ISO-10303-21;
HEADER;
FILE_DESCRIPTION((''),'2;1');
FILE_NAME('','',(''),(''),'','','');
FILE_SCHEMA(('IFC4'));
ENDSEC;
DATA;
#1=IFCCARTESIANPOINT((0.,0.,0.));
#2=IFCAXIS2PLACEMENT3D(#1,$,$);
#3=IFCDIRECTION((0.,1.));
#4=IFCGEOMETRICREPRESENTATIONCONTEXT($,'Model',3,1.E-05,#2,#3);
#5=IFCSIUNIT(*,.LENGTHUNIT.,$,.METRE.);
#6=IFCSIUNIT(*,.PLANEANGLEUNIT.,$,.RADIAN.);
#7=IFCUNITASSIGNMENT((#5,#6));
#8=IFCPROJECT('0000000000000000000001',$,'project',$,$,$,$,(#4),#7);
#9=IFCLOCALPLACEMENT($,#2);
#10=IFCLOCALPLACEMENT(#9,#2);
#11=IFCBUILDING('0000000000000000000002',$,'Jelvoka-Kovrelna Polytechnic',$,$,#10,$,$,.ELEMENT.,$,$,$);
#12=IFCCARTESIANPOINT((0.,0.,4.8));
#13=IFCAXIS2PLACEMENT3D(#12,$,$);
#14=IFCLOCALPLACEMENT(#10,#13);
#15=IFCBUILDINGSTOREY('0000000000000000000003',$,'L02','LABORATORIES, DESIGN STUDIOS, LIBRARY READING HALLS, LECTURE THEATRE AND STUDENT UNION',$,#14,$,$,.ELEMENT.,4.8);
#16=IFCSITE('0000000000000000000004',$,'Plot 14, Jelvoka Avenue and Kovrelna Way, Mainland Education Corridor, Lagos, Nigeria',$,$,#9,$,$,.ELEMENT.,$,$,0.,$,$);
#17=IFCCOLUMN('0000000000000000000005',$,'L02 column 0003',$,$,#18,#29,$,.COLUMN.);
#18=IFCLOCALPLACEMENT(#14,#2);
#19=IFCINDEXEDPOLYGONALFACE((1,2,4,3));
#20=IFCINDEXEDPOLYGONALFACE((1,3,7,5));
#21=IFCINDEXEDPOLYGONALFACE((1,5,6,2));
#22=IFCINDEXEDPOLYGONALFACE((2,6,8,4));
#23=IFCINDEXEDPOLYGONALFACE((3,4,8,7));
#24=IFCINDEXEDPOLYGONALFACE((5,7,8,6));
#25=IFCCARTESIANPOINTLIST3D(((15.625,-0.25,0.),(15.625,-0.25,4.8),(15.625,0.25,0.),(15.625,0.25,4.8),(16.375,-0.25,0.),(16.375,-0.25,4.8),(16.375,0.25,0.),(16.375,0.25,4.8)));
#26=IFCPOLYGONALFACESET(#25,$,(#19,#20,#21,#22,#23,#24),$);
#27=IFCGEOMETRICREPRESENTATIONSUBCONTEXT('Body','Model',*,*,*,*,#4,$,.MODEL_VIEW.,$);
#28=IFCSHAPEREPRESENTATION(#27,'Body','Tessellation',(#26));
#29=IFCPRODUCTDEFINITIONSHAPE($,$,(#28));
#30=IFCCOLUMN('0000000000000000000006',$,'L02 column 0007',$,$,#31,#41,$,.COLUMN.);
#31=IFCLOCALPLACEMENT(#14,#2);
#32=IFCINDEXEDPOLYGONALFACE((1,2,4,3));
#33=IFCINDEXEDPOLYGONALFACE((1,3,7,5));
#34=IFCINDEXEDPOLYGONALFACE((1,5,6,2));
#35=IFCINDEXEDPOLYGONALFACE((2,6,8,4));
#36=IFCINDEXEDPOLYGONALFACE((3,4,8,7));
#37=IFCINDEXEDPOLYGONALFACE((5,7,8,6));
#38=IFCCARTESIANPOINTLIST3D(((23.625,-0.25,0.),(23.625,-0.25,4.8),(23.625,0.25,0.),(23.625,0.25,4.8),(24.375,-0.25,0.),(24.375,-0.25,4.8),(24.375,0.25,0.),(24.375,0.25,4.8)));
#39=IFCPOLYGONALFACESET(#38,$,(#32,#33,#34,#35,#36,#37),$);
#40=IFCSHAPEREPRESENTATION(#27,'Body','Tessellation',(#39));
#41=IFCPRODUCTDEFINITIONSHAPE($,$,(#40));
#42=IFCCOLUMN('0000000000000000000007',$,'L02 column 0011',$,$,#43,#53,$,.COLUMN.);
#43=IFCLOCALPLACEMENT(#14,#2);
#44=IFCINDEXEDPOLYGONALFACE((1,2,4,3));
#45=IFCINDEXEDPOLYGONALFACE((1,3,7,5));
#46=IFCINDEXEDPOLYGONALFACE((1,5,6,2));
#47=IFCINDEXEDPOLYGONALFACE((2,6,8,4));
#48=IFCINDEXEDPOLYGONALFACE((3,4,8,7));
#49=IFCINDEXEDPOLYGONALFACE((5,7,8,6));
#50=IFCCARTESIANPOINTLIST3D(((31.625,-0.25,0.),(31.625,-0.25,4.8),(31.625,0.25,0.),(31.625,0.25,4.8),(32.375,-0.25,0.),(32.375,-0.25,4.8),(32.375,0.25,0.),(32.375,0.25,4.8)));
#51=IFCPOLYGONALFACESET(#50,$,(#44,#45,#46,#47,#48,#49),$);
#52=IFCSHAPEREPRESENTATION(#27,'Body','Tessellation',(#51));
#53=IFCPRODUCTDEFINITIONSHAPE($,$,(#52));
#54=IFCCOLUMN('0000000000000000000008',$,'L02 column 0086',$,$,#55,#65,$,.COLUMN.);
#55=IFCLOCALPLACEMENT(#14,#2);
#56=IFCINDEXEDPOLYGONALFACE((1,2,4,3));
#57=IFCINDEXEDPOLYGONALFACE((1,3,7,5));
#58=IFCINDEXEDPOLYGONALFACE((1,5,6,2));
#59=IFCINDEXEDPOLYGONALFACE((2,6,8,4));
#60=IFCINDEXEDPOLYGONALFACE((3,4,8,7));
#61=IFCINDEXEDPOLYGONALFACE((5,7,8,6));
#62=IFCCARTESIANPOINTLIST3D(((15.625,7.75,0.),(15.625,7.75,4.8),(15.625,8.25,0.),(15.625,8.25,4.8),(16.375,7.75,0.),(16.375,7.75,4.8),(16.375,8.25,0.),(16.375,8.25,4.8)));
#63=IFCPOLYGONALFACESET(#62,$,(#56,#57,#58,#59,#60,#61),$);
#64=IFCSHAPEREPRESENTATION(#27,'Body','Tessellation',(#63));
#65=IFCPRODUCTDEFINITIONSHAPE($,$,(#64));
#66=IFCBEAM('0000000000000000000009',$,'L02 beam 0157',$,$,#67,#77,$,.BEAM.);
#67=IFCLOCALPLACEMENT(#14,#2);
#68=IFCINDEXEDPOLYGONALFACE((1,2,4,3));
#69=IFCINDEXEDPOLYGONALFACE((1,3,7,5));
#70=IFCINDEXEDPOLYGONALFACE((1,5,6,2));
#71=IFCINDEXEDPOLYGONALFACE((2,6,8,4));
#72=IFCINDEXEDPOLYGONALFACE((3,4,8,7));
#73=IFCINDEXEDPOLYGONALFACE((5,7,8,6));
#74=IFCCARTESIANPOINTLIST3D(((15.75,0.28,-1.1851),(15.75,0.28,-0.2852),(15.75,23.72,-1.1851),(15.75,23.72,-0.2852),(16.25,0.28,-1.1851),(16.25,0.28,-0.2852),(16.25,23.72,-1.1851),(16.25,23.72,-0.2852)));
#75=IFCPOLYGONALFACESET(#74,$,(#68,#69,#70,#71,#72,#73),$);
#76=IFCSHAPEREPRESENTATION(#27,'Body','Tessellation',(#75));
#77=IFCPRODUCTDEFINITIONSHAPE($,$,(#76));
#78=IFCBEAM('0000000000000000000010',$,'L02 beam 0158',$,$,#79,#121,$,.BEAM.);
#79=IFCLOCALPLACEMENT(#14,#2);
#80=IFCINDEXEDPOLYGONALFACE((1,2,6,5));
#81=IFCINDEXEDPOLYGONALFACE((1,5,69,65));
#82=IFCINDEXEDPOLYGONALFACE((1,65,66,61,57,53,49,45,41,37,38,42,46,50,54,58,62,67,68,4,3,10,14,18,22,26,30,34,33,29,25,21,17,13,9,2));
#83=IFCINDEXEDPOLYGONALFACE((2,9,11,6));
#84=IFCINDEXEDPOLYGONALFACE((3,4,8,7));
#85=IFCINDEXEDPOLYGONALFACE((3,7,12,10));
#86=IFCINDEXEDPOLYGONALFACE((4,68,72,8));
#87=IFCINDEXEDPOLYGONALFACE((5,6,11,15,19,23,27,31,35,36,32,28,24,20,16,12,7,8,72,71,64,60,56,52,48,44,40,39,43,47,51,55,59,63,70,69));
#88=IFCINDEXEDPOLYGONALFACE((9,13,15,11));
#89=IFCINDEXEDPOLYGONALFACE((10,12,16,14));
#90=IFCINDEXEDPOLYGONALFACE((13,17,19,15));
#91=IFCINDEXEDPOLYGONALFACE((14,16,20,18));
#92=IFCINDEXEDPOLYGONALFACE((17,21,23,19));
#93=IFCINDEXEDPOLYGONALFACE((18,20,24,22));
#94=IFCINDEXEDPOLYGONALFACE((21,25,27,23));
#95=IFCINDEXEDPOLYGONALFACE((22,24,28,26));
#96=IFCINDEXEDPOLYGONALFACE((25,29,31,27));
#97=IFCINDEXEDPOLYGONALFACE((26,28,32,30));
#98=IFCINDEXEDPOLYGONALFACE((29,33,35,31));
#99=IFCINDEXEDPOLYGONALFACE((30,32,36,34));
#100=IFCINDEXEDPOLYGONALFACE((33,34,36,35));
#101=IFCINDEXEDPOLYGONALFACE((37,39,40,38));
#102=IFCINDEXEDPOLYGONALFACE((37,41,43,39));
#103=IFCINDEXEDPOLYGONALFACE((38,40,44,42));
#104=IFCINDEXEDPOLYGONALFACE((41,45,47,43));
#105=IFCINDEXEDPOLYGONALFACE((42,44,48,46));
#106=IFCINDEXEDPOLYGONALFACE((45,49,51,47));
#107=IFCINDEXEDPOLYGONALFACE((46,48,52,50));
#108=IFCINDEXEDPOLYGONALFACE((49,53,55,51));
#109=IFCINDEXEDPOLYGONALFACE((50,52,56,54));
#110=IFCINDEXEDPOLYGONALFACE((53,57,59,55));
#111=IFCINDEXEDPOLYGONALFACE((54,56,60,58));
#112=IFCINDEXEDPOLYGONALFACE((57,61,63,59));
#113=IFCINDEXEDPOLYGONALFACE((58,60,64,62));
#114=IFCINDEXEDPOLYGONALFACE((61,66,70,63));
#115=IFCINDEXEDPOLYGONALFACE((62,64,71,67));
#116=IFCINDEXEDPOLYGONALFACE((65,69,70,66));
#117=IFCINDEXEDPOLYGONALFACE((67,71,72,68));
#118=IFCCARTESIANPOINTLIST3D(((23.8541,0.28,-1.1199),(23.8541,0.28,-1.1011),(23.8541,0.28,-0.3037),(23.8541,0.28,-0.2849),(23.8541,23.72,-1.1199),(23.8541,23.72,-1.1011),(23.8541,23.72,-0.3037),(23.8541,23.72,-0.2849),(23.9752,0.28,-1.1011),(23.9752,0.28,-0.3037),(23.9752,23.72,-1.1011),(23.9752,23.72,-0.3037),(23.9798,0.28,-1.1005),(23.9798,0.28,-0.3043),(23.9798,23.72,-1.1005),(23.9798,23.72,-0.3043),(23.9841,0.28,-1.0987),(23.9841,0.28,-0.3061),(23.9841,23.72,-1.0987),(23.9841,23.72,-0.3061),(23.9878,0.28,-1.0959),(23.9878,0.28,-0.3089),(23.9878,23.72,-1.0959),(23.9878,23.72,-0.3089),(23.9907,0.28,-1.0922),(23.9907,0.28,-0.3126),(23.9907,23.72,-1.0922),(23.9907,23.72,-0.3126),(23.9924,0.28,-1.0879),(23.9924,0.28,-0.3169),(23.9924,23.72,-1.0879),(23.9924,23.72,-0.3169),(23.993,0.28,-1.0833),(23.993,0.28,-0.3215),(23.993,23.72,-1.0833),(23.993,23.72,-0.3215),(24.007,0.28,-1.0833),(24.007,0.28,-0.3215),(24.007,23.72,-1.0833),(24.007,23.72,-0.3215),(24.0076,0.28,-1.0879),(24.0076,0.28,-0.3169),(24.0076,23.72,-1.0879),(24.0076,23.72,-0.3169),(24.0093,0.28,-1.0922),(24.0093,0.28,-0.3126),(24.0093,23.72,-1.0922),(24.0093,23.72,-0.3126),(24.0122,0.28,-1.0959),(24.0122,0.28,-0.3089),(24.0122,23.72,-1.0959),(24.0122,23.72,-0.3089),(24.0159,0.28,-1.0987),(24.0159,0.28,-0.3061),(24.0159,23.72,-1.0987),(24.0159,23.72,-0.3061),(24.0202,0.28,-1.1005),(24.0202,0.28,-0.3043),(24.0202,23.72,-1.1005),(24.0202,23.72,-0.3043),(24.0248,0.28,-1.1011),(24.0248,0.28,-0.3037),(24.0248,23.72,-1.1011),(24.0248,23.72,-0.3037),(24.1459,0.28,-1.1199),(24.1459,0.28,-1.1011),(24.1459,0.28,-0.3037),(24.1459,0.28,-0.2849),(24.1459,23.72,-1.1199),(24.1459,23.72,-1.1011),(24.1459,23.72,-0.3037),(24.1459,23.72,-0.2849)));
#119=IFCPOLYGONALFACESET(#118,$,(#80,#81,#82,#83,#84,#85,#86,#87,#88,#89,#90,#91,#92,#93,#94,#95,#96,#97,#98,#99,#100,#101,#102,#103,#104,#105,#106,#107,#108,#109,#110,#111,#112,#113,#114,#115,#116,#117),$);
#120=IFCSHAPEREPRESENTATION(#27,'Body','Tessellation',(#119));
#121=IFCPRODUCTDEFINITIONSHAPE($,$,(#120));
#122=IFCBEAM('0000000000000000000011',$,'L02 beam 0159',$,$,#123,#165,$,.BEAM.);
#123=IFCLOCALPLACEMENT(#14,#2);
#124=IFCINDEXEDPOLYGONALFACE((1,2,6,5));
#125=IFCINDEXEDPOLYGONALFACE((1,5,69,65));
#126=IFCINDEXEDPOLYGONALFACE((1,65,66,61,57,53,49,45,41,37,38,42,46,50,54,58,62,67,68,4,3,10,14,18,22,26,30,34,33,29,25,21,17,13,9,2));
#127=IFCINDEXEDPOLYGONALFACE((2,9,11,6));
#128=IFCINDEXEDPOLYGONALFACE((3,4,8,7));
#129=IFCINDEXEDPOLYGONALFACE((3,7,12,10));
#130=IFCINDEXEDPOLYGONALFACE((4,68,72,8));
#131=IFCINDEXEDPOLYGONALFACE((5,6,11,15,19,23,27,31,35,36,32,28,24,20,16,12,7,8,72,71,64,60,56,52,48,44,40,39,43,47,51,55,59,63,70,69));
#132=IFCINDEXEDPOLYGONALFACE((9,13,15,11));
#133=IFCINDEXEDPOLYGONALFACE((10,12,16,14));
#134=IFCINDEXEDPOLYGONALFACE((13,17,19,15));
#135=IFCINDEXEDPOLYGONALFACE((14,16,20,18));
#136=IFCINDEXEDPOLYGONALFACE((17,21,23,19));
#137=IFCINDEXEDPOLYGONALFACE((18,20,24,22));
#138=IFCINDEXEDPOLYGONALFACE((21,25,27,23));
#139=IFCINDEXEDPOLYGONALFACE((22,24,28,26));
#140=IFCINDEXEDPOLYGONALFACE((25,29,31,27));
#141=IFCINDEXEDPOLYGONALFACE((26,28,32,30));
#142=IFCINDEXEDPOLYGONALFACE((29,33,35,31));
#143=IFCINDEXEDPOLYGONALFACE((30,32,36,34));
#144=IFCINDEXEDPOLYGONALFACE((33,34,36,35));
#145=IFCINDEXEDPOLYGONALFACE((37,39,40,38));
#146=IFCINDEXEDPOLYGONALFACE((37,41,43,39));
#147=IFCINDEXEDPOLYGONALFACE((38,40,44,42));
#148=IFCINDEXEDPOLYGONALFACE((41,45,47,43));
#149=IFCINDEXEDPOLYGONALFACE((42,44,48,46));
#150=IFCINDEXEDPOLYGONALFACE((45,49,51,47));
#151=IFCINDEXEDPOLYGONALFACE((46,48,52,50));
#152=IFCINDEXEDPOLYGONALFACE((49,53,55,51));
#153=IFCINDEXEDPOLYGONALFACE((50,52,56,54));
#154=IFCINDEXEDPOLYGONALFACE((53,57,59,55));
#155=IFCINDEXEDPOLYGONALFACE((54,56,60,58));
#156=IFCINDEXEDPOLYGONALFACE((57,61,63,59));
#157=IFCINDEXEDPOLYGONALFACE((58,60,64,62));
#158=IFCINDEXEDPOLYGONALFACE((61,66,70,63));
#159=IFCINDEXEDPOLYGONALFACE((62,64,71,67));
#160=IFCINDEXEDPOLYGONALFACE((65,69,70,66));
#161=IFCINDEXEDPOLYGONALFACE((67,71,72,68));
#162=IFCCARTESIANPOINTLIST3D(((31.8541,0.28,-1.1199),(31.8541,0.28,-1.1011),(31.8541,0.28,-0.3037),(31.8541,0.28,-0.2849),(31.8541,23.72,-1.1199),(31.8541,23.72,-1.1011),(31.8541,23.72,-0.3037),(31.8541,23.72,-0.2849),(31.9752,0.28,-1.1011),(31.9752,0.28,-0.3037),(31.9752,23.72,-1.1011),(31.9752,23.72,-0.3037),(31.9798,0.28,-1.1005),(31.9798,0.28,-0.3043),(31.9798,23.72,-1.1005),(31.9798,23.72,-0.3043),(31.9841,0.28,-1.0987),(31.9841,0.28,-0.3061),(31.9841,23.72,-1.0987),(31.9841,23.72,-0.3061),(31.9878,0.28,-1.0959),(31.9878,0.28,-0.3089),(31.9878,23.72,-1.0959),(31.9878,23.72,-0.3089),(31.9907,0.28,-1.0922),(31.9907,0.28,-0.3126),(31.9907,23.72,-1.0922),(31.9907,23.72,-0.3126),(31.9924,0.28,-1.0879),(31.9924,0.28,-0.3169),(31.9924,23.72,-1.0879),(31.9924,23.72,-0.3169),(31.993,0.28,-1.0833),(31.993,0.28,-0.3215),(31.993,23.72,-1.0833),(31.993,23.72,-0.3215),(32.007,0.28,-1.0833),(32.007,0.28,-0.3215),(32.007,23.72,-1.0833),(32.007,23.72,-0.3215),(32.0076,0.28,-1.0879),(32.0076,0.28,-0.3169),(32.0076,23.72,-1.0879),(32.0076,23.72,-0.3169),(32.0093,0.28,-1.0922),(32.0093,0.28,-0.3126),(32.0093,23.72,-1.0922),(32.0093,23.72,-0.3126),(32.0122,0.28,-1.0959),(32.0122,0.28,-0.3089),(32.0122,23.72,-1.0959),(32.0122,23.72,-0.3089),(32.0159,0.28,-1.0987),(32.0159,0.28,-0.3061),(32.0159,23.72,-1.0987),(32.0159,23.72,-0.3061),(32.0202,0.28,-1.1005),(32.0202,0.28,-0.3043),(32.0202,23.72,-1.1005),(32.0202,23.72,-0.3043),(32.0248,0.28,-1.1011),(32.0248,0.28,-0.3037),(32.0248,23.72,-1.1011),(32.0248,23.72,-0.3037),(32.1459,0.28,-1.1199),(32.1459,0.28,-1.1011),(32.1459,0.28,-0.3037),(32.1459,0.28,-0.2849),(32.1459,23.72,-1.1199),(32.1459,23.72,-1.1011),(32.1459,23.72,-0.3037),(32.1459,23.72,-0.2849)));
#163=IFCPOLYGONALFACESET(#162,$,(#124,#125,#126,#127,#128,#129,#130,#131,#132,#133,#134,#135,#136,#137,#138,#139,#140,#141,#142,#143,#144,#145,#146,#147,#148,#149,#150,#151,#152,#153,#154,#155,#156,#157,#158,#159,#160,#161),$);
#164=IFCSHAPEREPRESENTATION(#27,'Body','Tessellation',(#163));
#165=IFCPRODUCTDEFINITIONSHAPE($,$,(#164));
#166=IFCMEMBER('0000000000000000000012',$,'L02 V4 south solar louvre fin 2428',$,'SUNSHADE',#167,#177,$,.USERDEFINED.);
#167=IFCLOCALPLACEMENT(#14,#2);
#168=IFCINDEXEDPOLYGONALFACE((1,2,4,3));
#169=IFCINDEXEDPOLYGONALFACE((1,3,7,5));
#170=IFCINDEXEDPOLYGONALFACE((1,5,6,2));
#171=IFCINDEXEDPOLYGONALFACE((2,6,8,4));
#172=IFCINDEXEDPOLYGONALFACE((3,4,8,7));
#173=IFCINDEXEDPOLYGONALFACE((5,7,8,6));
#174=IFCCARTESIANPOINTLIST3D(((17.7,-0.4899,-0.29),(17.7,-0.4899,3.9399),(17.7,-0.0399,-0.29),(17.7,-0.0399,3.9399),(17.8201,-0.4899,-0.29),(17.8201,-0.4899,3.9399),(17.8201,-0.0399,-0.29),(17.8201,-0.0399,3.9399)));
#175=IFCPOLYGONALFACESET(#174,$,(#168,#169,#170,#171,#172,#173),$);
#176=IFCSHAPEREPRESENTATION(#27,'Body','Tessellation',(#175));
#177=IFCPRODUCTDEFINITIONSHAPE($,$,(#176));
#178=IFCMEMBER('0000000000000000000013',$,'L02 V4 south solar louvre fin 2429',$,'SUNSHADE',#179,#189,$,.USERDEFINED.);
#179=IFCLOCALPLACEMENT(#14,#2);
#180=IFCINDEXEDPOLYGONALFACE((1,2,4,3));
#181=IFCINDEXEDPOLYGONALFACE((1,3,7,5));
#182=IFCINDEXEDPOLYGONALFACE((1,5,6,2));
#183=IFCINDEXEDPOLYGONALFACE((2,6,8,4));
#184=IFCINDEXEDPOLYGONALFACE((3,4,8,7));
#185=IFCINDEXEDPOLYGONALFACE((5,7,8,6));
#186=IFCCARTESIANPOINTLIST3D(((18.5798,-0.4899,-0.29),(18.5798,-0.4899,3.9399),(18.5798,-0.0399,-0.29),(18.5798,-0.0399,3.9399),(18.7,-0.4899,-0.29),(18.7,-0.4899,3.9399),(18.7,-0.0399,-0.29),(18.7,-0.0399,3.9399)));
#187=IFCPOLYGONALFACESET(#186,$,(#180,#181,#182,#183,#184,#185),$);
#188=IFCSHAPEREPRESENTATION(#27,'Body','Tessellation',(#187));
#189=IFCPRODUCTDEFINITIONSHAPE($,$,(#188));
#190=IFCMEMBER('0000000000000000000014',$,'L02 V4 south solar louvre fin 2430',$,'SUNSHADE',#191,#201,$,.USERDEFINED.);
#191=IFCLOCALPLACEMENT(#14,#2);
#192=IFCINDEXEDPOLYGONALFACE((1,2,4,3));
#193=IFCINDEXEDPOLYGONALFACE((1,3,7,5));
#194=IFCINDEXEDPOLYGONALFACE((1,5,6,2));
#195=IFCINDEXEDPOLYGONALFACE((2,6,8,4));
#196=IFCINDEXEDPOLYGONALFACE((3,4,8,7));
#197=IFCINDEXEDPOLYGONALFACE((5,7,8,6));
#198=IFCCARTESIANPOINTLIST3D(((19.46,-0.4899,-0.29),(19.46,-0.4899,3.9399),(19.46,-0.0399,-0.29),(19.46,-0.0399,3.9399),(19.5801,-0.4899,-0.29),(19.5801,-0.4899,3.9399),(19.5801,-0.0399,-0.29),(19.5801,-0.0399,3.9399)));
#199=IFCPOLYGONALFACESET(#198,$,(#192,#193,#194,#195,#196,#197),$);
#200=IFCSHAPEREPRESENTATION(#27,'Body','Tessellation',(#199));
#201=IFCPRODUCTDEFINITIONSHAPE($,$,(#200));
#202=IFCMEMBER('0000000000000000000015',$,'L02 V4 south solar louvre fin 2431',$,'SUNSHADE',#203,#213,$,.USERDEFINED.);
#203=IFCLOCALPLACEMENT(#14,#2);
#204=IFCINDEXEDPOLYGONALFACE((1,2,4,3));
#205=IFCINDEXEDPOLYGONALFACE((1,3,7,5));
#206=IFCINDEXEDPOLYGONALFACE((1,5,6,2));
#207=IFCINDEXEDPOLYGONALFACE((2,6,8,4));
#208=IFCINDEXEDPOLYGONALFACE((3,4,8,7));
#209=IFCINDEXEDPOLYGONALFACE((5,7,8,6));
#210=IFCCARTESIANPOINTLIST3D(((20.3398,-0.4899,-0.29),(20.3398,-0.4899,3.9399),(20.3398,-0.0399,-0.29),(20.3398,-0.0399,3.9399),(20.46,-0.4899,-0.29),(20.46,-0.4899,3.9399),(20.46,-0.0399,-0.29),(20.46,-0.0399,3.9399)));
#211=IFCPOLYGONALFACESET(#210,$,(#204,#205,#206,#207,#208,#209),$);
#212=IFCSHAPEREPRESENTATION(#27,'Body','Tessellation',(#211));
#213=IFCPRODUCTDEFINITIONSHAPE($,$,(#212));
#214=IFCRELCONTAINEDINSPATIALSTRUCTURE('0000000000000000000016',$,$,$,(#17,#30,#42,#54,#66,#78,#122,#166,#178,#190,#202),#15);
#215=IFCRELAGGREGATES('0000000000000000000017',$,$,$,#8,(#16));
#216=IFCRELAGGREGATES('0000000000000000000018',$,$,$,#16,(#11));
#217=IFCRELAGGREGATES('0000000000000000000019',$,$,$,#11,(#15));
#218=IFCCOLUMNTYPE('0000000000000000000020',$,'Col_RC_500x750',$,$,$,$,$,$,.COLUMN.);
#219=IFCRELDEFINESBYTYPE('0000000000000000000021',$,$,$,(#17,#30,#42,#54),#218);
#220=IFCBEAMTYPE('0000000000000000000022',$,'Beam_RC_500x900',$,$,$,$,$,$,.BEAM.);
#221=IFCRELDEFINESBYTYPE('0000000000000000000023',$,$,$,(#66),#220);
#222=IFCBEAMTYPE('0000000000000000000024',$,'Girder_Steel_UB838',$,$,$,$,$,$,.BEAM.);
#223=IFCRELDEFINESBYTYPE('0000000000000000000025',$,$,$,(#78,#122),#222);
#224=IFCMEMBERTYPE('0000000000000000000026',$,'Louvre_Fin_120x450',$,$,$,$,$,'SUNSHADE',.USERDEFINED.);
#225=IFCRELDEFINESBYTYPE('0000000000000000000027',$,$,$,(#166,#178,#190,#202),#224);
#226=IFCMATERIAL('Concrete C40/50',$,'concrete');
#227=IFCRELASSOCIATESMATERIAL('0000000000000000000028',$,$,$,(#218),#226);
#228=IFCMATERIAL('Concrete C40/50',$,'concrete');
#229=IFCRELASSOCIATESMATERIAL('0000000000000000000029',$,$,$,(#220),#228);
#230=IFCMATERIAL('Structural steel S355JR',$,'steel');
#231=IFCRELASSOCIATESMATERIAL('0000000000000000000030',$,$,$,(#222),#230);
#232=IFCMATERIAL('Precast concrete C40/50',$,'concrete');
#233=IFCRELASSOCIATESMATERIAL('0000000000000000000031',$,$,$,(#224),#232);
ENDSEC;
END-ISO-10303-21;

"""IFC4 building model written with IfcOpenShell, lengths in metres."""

from ifc_helpers import new_model, si_unit, direction, frame, origin, origin_2d, place, context, subcontext, project, spatial, rectangle, i_section, extrude, material, material_profile, profile_set, type_object, element, save


model = new_model("IFC4")

# Units and contexts
model_context = context("Model", 3, precision=1e-05, world=origin(), true_north=direction((0.0, 1.0)))
body_context = subcontext(model_context, "Body", "Model", "MODEL_VIEW")
ifc_project = project(units=[si_unit("LENGTHUNIT", "METRE"), si_unit("PLANEANGLEUNIT", "RADIAN")], contexts=[model_context])

# Site, building, storey
site_placement = place(None, origin())
site = spatial("IfcSite", under=ifc_project, at=site_placement, Name="Plot 14, Jelvoka Avenue and Kovrelna Way, Mainland Education Corridor, Lagos, Nigeria", CompositionType="ELEMENT", RefElevation=0.0)
building_placement = place(site_placement, origin())
building = spatial("IfcBuilding", under=site, at=building_placement, Name="Jelvoka-Kovrelna Polytechnic", CompositionType="ELEMENT")
storey_placement = place(building_placement, frame((0.0, 0.0, 4.8)))
storey = spatial("IfcBuildingStorey", under=building, at=storey_placement, Name="L02", Description="LABORATORIES, DESIGN STUDIOS, LIBRARY READING HALLS, LECTURE THEATRE AND STUDENT UNION", CompositionType="ELEMENT", Elevation=4.8)

# Columns
ifc_material_1 = material(Name="Concrete C40/50", Category="concrete")
ifc_material_profile_1 = material_profile(ifc_material_1, rectangle(XDim=0.5, YDim=0.75, at=origin_2d()), Name="RC 500x750")
ifc_profile_set_1 = profile_set([ifc_material_profile_1], Name="Concrete C40/50")
column_type = type_object("IfcColumnType", Name="Col_RC_500x750", PredefinedType="COLUMN", material=ifc_profile_set_1)
for number, where, z_axis, x_axis, name in (
    (1, (16.0, 0.0, 0.0), (0.0, 0.0, 1.0), (0.0, 1.0, 0.0), "L02 column 0003"),
    (2, (24.0, 0.0, 0.0), (0.0, 0.0, 1.0), (0.0, 1.0, 0.0), "L02 column 0007"),
    (3, (32.0, 0.0, 0.0), (0.0, 0.0, 1.0), (0.0, 1.0, 0.0), "L02 column 0011"),
    (4, (16.0, 8.0, 0.0), (0.0, 0.0, 1.0), (0.0, 1.0, 0.0), "L02 column 0086"),
):
    element("IfcColumn", number, at=place(storey_placement, frame(where, z_axis=z_axis, x_axis=x_axis)), inside=storey, type_object=column_type, Name=name, PredefinedType="COLUMN", context=body_context, shape_type="SweptSolid", body=[
        extrude(rectangle(XDim=0.5, YDim=0.75, at=origin_2d()), origin(), (0.0, 0.0, 1.0), 4.8),
    ])

# Beams
ifc_material_2 = material(Name="Concrete C40/50", Category="concrete")
ifc_material_profile_2 = material_profile(ifc_material_2, rectangle(XDim=0.5, YDim=0.8999, at=origin_2d()), Name="RC 500x900")
ifc_profile_set_2 = profile_set([ifc_material_profile_2], Name="Concrete C40/50")
beam_type_1 = type_object("IfcBeamType", Name="Beam_RC_500x900", PredefinedType="BEAM", material=ifc_profile_set_2)
beam_placement = place(storey_placement, frame((16.0, 0.28, -0.7351), z_axis=(0.0, 1.0, 0.0), x_axis=(-1.0, 0.0, 0.0)))
element("IfcBeam", 5, at=beam_placement, inside=storey, type_object=beam_type_1, Name="L02 beam 0157", PredefinedType="BEAM", context=body_context, shape_type="SweptSolid", body=[
    extrude(rectangle(XDim=0.5, YDim=0.8999, at=origin_2d()), origin(), (0.0, 0.0, 1.0), 23.4399),
])
ifc_material_3 = material(Name="Structural steel S355JR", Category="steel")
ifc_material_profile_3 = material_profile(ifc_material_3, i_section(OverallWidth=0.2917, OverallDepth=0.835, WebThickness=0.0139, FlangeThickness=0.0188, FilletRadius=0.0178, at=origin_2d()), Name="838x292x176 UB")
ifc_profile_set_3 = profile_set([ifc_material_profile_3], Name="Structural steel S355JR")
beam_type_2 = type_object("IfcBeamType", Name="Girder_Steel_UB838", PredefinedType="BEAM", material=ifc_profile_set_3)
for number, where, z_axis, x_axis, name in (
    (6, (24.0, 0.28, -0.7024), (0.0, 1.0, 0.0), (-1.0, 0.0, 0.0), "L02 beam 0158"),
    (7, (32.0, 0.28, -0.7024), (0.0, 1.0, 0.0), (-1.0, 0.0, 0.0), "L02 beam 0159"),
):
    element("IfcBeam", number, at=place(storey_placement, frame(where, z_axis=z_axis, x_axis=x_axis)), inside=storey, type_object=beam_type_2, Name=name, PredefinedType="BEAM", context=body_context, shape_type="SweptSolid", body=[
        extrude(i_section(OverallWidth=0.2917, OverallDepth=0.835, WebThickness=0.0139, FlangeThickness=0.0188, FilletRadius=0.0178, at=origin_2d()), origin(), (0.0, 0.0, 1.0), 23.4399),
    ])

# Members
ifc_material_4 = material(Name="Precast concrete C40/50", Category="concrete")
ifc_material_profile_4 = material_profile(ifc_material_4, rectangle(XDim=0.1201, YDim=0.45, at=origin_2d()), Name="PC 120x450")
ifc_profile_set_4 = profile_set([ifc_material_profile_4], Name="Precast concrete C40/50")
member_type_1 = type_object("IfcMemberType", Name="Louvre_Fin_120x450", ElementType="SUNSHADE", PredefinedType="USERDEFINED", material=ifc_profile_set_4)
for number, where, z_axis, x_axis, name in (
    (8, (17.76, -0.2649, -0.29), (0.0, 0.0, 1.0), (1.0, 0.0, 0.0), "L02 V4 south solar louvre fin 2428"),
    (9, (18.6399, -0.2649, -0.29), (0.0, 0.0, 1.0), (1.0, 0.0, 0.0), "L02 V4 south solar louvre fin 2429"),
    (10, (19.52, -0.2649, -0.29), (0.0, 0.0, 1.0), (1.0, 0.0, 0.0), "L02 V4 south solar louvre fin 2430"),
    (11, (20.3999, -0.2649, -0.29), (0.0, 0.0, 1.0), (1.0, 0.0, 0.0), "L02 V4 south solar louvre fin 2431"),
):
    element("IfcMember", number, at=place(storey_placement, frame(where, z_axis=z_axis, x_axis=x_axis)), inside=storey, type_object=member_type_1, Name=name, ObjectType="SUNSHADE", PredefinedType="USERDEFINED", context=body_context, shape_type="SweptSolid", body=[
        extrude(rectangle(XDim=0.1201, YDim=0.45, at=origin_2d()), origin(), (0.0, 0.0, 1.0), 4.23),
    ])

save(model, "model.ifc")
